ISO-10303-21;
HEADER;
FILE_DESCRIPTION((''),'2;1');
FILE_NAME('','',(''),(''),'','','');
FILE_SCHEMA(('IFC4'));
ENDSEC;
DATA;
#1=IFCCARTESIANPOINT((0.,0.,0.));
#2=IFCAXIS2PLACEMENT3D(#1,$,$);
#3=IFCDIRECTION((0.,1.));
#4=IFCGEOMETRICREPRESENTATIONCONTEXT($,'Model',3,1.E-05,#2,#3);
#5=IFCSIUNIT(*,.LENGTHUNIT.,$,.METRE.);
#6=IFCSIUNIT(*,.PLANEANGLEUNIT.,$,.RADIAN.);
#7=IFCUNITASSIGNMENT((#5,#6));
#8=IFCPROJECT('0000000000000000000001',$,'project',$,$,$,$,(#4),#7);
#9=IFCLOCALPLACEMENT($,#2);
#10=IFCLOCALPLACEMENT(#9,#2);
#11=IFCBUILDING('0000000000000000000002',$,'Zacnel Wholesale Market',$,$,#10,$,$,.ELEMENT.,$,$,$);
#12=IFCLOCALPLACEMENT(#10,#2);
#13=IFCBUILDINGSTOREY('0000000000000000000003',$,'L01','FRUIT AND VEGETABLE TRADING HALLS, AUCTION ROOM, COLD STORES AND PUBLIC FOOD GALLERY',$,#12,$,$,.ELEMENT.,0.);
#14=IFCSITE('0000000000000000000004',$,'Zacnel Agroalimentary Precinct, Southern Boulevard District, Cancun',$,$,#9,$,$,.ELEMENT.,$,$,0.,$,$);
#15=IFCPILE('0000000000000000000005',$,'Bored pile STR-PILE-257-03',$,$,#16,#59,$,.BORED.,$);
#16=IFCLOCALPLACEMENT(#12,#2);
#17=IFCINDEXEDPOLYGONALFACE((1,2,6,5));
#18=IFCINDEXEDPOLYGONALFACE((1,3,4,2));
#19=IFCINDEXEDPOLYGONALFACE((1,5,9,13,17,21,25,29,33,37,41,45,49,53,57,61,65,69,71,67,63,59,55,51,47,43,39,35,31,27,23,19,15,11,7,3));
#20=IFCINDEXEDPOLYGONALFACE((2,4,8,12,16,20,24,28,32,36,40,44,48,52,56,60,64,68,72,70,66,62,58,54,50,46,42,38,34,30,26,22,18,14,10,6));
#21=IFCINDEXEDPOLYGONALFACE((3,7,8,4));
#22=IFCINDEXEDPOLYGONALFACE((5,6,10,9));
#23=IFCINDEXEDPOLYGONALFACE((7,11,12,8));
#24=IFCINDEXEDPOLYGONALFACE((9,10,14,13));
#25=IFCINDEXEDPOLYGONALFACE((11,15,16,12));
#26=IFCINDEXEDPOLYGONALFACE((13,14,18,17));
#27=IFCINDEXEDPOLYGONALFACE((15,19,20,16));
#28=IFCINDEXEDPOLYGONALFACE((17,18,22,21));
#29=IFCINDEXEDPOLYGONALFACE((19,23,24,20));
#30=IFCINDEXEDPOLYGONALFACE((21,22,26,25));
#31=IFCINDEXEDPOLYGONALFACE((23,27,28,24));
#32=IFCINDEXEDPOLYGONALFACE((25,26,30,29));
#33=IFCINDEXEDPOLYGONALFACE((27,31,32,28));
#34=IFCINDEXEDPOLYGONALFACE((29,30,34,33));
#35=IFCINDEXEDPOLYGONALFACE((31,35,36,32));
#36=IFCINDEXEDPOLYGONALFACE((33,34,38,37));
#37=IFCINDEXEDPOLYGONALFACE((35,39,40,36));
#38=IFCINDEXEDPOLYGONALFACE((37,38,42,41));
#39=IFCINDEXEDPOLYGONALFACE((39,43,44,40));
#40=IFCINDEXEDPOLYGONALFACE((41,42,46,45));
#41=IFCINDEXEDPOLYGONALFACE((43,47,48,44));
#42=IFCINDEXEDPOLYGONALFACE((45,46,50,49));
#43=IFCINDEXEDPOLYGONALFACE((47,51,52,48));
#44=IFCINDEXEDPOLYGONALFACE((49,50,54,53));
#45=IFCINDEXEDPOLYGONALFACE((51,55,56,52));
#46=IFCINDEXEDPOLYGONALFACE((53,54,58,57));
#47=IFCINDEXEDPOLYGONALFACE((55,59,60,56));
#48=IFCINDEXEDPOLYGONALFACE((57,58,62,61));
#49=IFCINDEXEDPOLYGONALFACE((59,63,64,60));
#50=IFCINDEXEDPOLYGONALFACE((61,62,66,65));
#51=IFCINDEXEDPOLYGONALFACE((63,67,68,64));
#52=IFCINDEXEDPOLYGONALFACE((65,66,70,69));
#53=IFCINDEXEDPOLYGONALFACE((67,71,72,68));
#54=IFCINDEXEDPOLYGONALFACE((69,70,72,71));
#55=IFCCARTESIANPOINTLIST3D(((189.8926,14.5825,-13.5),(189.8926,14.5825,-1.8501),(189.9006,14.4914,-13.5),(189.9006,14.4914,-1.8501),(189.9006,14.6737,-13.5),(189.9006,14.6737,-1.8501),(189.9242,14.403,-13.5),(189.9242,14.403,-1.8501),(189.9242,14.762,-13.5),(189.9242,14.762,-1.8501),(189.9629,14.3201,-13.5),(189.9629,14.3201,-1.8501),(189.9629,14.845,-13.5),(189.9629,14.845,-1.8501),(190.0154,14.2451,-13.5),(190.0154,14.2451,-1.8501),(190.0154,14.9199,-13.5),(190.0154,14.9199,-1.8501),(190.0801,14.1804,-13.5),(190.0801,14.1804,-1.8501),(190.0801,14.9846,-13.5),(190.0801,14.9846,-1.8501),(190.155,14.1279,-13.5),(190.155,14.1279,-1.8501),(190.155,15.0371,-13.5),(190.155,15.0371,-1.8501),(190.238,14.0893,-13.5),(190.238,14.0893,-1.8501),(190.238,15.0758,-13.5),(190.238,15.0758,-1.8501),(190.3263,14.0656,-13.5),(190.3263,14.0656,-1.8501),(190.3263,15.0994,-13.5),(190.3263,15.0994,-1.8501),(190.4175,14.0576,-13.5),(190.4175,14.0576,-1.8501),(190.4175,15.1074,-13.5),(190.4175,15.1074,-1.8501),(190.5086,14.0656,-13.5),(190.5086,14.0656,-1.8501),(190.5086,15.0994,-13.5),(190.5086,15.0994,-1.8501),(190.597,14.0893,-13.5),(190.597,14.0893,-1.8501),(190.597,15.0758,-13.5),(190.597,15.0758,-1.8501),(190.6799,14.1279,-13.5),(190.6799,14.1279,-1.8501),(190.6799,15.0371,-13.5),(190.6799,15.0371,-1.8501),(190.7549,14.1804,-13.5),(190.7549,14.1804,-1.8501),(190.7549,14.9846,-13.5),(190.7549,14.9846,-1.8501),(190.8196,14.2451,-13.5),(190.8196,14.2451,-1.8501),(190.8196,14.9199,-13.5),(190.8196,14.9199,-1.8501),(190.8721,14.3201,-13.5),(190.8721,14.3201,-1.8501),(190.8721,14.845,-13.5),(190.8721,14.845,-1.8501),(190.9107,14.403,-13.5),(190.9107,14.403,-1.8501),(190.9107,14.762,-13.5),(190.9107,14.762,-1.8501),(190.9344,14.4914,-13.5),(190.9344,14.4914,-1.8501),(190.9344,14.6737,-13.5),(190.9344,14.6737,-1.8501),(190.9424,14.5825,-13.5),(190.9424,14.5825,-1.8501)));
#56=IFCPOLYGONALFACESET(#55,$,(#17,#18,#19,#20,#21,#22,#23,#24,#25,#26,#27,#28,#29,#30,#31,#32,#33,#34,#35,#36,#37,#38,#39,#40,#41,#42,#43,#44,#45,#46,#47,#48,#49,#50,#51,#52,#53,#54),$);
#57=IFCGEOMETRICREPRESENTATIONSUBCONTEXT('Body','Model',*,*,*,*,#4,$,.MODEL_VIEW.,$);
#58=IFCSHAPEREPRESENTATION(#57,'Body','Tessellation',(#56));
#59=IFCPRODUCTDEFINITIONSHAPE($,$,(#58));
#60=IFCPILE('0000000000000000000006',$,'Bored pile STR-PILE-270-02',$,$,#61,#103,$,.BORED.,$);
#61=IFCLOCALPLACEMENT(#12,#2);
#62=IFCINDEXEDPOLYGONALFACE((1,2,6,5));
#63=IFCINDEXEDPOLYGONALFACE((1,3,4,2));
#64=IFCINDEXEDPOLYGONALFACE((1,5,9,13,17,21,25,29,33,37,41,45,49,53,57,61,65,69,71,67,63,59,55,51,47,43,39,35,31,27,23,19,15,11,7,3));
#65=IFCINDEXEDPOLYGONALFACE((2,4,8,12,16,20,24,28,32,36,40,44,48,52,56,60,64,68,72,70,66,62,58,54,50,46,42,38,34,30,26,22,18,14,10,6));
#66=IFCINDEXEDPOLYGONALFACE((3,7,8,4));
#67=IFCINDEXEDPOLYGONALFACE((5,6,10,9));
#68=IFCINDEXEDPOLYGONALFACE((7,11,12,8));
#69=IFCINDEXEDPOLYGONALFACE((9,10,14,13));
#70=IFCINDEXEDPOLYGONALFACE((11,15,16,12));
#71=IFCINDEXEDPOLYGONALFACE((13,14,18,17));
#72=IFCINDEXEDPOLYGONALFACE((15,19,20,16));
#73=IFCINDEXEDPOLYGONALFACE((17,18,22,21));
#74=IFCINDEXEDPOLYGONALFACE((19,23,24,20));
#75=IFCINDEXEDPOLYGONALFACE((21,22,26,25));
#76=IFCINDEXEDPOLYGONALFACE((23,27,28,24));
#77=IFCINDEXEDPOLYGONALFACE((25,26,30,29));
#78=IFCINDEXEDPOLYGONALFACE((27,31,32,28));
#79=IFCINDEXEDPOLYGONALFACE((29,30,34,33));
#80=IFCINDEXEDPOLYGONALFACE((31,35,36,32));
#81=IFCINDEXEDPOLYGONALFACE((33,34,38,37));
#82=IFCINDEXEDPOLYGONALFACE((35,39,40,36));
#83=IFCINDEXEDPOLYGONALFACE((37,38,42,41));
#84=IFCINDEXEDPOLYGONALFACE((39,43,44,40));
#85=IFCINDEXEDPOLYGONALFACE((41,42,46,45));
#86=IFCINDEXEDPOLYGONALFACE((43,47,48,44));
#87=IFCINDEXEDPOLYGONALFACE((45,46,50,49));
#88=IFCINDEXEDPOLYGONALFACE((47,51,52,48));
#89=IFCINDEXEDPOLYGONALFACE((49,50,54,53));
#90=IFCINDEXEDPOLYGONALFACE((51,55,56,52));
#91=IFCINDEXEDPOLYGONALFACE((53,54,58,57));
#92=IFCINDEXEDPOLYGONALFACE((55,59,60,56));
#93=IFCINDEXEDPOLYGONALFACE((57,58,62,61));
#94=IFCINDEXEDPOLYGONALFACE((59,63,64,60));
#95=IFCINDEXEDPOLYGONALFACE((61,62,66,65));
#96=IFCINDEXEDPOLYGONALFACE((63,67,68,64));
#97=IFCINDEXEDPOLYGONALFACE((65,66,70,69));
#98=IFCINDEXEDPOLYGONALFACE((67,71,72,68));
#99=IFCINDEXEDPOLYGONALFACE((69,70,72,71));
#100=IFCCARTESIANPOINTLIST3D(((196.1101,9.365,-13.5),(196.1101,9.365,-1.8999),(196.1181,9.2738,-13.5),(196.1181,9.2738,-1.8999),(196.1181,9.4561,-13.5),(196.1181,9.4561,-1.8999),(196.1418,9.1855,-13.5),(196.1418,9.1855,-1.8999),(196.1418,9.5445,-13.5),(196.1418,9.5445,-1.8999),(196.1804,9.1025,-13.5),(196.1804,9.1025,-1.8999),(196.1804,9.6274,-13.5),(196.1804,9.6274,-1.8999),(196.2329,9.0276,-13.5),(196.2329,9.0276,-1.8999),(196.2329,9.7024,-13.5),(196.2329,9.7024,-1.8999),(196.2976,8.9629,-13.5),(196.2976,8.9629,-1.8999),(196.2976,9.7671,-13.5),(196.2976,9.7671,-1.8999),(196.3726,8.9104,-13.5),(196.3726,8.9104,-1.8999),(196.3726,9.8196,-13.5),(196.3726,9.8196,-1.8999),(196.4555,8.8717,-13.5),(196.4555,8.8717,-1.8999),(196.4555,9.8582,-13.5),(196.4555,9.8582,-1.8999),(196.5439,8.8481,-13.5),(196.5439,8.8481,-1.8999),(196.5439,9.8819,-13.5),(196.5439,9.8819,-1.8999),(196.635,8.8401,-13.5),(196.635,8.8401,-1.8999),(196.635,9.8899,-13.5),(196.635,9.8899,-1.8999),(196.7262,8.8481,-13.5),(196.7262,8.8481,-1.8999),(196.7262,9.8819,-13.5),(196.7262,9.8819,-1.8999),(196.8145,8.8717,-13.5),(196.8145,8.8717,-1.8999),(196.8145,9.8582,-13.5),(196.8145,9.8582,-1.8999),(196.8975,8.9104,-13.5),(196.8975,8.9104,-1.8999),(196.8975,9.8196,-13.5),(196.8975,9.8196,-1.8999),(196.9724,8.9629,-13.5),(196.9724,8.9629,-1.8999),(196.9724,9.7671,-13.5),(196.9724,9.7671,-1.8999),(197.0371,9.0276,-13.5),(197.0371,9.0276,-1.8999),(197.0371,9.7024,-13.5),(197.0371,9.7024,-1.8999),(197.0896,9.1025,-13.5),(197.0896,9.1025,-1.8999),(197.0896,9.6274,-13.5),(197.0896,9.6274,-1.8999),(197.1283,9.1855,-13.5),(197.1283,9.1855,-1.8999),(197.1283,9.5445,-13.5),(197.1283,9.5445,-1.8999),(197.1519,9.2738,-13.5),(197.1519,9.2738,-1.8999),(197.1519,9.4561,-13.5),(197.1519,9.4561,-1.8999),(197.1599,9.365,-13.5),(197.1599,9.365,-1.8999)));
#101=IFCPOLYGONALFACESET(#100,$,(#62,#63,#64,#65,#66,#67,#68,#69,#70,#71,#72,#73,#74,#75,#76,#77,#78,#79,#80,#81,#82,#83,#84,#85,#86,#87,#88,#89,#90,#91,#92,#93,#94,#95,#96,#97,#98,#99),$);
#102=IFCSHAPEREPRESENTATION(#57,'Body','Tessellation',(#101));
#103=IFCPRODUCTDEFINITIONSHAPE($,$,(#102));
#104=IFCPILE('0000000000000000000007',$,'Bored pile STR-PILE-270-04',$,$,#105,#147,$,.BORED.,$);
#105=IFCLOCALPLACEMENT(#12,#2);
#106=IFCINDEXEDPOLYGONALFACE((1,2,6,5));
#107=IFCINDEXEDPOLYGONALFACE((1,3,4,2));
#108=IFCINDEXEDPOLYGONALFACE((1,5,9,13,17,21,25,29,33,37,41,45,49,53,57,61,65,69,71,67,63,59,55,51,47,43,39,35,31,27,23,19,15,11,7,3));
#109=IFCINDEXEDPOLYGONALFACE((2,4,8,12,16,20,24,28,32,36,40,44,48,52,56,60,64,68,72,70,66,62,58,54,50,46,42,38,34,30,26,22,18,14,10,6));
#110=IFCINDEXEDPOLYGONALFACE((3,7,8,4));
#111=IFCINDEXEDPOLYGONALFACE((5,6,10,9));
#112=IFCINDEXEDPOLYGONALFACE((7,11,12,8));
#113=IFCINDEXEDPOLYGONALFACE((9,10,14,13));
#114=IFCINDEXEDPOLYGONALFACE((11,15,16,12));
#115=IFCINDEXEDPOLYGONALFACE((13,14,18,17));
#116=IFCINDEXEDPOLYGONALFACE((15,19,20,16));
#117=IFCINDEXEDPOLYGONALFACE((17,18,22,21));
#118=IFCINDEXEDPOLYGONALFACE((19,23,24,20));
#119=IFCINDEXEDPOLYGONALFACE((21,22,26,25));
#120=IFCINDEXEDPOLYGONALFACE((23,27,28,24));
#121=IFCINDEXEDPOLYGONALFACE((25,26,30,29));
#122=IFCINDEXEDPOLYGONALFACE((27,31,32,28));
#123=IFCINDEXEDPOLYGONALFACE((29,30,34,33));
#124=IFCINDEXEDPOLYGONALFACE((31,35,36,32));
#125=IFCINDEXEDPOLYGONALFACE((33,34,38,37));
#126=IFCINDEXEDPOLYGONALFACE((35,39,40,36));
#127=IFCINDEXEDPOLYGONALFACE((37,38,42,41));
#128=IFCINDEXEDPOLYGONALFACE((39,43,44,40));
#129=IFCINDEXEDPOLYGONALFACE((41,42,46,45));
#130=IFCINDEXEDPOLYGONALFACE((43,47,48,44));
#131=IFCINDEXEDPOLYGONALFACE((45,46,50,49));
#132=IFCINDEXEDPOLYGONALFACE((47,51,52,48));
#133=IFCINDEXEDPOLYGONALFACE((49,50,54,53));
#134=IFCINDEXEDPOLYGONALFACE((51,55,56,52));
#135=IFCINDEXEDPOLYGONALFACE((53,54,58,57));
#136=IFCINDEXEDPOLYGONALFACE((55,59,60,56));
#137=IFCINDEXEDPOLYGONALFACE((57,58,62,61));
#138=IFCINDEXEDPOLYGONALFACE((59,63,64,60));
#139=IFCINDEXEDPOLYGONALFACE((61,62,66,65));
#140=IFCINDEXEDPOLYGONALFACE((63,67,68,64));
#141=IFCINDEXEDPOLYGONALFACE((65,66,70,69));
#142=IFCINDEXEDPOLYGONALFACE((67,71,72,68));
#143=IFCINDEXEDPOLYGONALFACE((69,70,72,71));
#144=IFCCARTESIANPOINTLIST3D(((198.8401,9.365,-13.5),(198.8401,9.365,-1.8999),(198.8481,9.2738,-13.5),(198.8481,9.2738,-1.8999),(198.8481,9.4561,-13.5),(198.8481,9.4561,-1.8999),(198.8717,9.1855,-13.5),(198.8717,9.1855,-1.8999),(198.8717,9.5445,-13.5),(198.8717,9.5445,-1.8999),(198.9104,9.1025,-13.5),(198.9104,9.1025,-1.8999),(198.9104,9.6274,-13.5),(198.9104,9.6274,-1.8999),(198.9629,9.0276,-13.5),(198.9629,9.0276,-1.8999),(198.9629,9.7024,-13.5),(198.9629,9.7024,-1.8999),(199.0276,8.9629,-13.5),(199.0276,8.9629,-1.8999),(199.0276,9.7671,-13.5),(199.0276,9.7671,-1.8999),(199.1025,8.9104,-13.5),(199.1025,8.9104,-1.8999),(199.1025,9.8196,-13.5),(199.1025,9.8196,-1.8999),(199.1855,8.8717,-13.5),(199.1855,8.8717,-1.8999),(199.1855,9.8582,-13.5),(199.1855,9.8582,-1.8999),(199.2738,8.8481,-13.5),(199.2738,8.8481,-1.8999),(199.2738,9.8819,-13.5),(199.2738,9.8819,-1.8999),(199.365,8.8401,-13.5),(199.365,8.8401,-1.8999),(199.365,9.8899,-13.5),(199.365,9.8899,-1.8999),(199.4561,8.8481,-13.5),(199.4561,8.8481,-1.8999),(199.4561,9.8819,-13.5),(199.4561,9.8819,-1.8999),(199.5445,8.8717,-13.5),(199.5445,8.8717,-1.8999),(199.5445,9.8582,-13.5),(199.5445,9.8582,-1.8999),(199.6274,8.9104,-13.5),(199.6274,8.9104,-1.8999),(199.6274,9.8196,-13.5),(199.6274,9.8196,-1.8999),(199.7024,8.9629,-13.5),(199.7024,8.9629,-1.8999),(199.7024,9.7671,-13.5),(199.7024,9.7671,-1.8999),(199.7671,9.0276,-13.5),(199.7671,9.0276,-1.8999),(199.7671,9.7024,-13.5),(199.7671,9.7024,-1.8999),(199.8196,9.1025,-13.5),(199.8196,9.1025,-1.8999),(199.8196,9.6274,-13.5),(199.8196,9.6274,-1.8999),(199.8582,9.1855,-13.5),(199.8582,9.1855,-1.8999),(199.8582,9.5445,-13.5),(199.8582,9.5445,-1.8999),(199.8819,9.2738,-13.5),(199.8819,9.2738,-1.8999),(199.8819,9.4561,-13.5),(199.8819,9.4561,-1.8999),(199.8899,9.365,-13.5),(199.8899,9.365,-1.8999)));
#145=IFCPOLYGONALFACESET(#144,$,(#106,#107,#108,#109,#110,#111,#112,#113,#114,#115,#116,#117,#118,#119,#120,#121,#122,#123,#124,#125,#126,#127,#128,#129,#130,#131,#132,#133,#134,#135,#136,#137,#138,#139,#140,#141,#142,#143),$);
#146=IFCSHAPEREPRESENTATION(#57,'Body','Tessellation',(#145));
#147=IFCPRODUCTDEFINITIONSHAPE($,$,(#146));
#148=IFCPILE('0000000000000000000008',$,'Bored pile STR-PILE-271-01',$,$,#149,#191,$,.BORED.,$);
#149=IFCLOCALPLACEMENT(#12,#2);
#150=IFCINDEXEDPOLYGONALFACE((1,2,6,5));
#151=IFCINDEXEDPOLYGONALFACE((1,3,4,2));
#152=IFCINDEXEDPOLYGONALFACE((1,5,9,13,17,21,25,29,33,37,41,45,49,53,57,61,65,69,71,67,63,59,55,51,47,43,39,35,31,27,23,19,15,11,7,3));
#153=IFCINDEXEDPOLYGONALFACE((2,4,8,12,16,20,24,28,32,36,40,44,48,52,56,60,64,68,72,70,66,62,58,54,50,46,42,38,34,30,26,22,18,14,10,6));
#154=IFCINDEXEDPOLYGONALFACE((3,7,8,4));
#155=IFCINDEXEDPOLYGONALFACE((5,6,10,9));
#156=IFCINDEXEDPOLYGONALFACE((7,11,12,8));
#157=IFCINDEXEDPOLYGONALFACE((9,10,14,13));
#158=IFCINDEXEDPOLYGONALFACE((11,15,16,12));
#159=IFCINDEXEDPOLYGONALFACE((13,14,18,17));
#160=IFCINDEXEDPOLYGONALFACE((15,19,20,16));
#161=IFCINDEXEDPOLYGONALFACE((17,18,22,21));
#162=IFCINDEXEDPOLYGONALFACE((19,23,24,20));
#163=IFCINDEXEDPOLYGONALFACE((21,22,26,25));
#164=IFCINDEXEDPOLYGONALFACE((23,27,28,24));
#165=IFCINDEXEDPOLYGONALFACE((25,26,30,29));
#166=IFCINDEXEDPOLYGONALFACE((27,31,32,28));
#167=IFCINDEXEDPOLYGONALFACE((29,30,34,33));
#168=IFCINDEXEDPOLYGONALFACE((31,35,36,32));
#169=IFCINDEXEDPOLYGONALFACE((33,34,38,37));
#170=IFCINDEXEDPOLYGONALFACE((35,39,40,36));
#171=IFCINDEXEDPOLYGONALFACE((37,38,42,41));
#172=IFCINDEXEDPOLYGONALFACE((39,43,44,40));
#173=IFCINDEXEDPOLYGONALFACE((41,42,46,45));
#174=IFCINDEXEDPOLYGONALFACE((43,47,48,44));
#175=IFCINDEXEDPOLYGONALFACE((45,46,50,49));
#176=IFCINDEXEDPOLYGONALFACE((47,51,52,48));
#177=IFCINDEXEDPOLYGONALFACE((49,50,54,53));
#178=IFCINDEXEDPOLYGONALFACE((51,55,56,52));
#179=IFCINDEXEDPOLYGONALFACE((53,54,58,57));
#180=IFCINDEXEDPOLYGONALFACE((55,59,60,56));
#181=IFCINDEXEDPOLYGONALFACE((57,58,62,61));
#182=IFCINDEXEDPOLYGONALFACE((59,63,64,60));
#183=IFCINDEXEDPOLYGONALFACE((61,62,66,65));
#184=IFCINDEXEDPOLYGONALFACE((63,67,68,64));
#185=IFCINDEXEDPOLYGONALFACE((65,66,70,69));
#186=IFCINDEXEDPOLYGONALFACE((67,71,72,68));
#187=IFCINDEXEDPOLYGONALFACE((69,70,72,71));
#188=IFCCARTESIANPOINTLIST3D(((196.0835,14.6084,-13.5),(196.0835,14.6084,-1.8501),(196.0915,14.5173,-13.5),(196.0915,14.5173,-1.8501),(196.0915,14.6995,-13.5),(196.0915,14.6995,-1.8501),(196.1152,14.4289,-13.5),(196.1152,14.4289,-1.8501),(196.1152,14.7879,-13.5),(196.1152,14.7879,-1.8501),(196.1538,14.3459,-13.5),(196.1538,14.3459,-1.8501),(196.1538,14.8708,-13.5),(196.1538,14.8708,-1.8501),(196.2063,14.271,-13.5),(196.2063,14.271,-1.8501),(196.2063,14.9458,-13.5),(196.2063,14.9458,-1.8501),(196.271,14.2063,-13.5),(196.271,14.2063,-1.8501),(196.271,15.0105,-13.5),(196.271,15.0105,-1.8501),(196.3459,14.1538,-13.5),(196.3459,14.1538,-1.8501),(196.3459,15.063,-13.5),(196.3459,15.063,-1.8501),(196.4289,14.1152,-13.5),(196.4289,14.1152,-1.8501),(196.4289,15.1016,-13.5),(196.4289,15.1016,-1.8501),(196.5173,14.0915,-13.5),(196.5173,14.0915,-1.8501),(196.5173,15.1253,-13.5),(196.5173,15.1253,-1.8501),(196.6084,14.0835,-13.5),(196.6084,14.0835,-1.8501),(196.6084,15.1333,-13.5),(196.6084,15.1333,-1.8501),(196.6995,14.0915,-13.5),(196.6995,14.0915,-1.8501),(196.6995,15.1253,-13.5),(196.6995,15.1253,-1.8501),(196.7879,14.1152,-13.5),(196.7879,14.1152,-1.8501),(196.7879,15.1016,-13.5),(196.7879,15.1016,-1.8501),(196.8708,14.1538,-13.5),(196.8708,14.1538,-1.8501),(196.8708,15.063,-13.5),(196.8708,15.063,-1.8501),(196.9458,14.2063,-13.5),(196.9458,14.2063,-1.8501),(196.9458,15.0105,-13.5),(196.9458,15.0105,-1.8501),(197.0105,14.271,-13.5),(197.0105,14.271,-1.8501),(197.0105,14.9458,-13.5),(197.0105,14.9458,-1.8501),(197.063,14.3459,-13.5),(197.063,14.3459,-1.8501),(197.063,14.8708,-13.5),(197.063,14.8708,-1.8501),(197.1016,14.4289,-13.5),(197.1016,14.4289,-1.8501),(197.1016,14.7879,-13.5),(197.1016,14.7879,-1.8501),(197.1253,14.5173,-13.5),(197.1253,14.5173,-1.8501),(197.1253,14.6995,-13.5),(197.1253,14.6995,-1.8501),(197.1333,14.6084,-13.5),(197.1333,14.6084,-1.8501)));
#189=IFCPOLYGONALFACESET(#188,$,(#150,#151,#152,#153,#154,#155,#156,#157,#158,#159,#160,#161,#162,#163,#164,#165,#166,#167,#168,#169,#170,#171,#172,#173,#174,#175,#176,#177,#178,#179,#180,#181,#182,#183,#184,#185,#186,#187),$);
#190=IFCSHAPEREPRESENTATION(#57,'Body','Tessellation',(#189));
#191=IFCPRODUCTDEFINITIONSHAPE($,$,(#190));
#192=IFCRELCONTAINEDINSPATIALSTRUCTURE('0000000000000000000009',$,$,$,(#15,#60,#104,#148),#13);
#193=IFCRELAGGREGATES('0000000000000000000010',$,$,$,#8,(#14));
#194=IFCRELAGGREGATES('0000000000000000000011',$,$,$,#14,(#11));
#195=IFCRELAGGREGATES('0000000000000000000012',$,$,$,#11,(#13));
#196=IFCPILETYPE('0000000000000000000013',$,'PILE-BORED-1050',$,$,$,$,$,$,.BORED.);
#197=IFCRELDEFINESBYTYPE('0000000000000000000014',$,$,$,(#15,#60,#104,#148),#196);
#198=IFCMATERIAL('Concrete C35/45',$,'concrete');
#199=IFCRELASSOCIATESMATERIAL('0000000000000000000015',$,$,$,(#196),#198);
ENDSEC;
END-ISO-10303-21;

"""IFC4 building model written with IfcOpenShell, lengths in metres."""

from ifc_helpers import new_model, si_unit, direction, frame, origin, origin_2d, place, context, subcontext, project, spatial, circle, extrude, material, material_profile, profile_set, type_object, element, save


model = new_model("IFC4")

# Units and contexts
model_context = context("Model", 3, precision=1e-05, world=origin(), true_north=direction((0.0, 1.0)))
body_context = subcontext(model_context, "Body", "Model", "MODEL_VIEW")
ifc_project = project(units=[si_unit("LENGTHUNIT", "METRE"), si_unit("PLANEANGLEUNIT", "RADIAN")], contexts=[model_context])

# Site, building, storey
site_placement = place(None, origin())
site = spatial("IfcSite", under=ifc_project, at=site_placement, Name="Zacnel Agroalimentary Precinct, Southern Boulevard District, Cancun", CompositionType="ELEMENT", RefElevation=0.0)
building_placement = place(site_placement, origin())
building = spatial("IfcBuilding", under=site, at=building_placement, Name="Zacnel Wholesale Market", CompositionType="ELEMENT")
storey_placement = place(building_placement, origin())
storey = spatial("IfcBuildingStorey", under=building, at=storey_placement, Name="L01", Description="FRUIT AND VEGETABLE TRADING HALLS, AUCTION ROOM, COLD STORES AND PUBLIC FOOD GALLERY", CompositionType="ELEMENT", Elevation=0.0)

# Piles
ifc_material_1 = material(Name="Concrete C35/45", Category="concrete")
ifc_material_profile_1 = material_profile(ifc_material_1, circle(Radius=0.5249, at=origin_2d()), Name="BORED PILE D1050")
ifc_profile_set_1 = profile_set([ifc_material_profile_1], Name="Concrete C35/45")
pile_type = type_object("IfcPileType", Name="PILE-BORED-1050", PredefinedType="BORED", material=ifc_profile_set_1)
pile_1_placement = place(storey_placement, frame((190.4175, 14.5825, -1.8501), z_axis=(0.0, 0.0, -1.0), x_axis=(1.0, 0.0, 0.0)))
element("IfcPile", 1, at=pile_1_placement, inside=storey, type_object=pile_type, Name="Bored pile STR-PILE-257-03", PredefinedType="BORED", context=body_context, shape_type="SweptSolid", body=[
    extrude(circle(Radius=0.5249, at=origin_2d()), origin(), (0.0, 0.0, 1.0), 11.6499),
])
for number, where, z_axis, x_axis, name in (
    (2, (196.635, 9.365, -1.8999), (0.0, 0.0, -1.0), (1.0, 0.0, 0.0), "Bored pile STR-PILE-270-02"),
    (3, (199.365, 9.365, -1.8999), (0.0, 0.0, -1.0), (1.0, 0.0, 0.0), "Bored pile STR-PILE-270-04"),
):
    element("IfcPile", number, at=place(storey_placement, frame(where, z_axis=z_axis, x_axis=x_axis)), inside=storey, type_object=pile_type, Name=name, PredefinedType="BORED", context=body_context, shape_type="SweptSolid", body=[
        extrude(circle(Radius=0.5249, at=origin_2d()), origin(), (0.0, 0.0, 1.0), 11.6001),
    ])
for number, where, z_axis, x_axis, name in (
    (4, (196.6084, 14.6084, -1.8501), (0.0, 0.0, -1.0), (1.0, 0.0, 0.0), "Bored pile STR-PILE-271-01"),
):
    element("IfcPile", number, at=place(storey_placement, frame(where, z_axis=z_axis, x_axis=x_axis)), inside=storey, type_object=pile_type, Name=name, PredefinedType="BORED", context=body_context, shape_type="SweptSolid", body=[
        extrude(circle(Radius=0.5249, at=origin_2d()), origin(), (0.0, 0.0, 1.0), 11.6499),
    ])

save(model, "model.ifc")
